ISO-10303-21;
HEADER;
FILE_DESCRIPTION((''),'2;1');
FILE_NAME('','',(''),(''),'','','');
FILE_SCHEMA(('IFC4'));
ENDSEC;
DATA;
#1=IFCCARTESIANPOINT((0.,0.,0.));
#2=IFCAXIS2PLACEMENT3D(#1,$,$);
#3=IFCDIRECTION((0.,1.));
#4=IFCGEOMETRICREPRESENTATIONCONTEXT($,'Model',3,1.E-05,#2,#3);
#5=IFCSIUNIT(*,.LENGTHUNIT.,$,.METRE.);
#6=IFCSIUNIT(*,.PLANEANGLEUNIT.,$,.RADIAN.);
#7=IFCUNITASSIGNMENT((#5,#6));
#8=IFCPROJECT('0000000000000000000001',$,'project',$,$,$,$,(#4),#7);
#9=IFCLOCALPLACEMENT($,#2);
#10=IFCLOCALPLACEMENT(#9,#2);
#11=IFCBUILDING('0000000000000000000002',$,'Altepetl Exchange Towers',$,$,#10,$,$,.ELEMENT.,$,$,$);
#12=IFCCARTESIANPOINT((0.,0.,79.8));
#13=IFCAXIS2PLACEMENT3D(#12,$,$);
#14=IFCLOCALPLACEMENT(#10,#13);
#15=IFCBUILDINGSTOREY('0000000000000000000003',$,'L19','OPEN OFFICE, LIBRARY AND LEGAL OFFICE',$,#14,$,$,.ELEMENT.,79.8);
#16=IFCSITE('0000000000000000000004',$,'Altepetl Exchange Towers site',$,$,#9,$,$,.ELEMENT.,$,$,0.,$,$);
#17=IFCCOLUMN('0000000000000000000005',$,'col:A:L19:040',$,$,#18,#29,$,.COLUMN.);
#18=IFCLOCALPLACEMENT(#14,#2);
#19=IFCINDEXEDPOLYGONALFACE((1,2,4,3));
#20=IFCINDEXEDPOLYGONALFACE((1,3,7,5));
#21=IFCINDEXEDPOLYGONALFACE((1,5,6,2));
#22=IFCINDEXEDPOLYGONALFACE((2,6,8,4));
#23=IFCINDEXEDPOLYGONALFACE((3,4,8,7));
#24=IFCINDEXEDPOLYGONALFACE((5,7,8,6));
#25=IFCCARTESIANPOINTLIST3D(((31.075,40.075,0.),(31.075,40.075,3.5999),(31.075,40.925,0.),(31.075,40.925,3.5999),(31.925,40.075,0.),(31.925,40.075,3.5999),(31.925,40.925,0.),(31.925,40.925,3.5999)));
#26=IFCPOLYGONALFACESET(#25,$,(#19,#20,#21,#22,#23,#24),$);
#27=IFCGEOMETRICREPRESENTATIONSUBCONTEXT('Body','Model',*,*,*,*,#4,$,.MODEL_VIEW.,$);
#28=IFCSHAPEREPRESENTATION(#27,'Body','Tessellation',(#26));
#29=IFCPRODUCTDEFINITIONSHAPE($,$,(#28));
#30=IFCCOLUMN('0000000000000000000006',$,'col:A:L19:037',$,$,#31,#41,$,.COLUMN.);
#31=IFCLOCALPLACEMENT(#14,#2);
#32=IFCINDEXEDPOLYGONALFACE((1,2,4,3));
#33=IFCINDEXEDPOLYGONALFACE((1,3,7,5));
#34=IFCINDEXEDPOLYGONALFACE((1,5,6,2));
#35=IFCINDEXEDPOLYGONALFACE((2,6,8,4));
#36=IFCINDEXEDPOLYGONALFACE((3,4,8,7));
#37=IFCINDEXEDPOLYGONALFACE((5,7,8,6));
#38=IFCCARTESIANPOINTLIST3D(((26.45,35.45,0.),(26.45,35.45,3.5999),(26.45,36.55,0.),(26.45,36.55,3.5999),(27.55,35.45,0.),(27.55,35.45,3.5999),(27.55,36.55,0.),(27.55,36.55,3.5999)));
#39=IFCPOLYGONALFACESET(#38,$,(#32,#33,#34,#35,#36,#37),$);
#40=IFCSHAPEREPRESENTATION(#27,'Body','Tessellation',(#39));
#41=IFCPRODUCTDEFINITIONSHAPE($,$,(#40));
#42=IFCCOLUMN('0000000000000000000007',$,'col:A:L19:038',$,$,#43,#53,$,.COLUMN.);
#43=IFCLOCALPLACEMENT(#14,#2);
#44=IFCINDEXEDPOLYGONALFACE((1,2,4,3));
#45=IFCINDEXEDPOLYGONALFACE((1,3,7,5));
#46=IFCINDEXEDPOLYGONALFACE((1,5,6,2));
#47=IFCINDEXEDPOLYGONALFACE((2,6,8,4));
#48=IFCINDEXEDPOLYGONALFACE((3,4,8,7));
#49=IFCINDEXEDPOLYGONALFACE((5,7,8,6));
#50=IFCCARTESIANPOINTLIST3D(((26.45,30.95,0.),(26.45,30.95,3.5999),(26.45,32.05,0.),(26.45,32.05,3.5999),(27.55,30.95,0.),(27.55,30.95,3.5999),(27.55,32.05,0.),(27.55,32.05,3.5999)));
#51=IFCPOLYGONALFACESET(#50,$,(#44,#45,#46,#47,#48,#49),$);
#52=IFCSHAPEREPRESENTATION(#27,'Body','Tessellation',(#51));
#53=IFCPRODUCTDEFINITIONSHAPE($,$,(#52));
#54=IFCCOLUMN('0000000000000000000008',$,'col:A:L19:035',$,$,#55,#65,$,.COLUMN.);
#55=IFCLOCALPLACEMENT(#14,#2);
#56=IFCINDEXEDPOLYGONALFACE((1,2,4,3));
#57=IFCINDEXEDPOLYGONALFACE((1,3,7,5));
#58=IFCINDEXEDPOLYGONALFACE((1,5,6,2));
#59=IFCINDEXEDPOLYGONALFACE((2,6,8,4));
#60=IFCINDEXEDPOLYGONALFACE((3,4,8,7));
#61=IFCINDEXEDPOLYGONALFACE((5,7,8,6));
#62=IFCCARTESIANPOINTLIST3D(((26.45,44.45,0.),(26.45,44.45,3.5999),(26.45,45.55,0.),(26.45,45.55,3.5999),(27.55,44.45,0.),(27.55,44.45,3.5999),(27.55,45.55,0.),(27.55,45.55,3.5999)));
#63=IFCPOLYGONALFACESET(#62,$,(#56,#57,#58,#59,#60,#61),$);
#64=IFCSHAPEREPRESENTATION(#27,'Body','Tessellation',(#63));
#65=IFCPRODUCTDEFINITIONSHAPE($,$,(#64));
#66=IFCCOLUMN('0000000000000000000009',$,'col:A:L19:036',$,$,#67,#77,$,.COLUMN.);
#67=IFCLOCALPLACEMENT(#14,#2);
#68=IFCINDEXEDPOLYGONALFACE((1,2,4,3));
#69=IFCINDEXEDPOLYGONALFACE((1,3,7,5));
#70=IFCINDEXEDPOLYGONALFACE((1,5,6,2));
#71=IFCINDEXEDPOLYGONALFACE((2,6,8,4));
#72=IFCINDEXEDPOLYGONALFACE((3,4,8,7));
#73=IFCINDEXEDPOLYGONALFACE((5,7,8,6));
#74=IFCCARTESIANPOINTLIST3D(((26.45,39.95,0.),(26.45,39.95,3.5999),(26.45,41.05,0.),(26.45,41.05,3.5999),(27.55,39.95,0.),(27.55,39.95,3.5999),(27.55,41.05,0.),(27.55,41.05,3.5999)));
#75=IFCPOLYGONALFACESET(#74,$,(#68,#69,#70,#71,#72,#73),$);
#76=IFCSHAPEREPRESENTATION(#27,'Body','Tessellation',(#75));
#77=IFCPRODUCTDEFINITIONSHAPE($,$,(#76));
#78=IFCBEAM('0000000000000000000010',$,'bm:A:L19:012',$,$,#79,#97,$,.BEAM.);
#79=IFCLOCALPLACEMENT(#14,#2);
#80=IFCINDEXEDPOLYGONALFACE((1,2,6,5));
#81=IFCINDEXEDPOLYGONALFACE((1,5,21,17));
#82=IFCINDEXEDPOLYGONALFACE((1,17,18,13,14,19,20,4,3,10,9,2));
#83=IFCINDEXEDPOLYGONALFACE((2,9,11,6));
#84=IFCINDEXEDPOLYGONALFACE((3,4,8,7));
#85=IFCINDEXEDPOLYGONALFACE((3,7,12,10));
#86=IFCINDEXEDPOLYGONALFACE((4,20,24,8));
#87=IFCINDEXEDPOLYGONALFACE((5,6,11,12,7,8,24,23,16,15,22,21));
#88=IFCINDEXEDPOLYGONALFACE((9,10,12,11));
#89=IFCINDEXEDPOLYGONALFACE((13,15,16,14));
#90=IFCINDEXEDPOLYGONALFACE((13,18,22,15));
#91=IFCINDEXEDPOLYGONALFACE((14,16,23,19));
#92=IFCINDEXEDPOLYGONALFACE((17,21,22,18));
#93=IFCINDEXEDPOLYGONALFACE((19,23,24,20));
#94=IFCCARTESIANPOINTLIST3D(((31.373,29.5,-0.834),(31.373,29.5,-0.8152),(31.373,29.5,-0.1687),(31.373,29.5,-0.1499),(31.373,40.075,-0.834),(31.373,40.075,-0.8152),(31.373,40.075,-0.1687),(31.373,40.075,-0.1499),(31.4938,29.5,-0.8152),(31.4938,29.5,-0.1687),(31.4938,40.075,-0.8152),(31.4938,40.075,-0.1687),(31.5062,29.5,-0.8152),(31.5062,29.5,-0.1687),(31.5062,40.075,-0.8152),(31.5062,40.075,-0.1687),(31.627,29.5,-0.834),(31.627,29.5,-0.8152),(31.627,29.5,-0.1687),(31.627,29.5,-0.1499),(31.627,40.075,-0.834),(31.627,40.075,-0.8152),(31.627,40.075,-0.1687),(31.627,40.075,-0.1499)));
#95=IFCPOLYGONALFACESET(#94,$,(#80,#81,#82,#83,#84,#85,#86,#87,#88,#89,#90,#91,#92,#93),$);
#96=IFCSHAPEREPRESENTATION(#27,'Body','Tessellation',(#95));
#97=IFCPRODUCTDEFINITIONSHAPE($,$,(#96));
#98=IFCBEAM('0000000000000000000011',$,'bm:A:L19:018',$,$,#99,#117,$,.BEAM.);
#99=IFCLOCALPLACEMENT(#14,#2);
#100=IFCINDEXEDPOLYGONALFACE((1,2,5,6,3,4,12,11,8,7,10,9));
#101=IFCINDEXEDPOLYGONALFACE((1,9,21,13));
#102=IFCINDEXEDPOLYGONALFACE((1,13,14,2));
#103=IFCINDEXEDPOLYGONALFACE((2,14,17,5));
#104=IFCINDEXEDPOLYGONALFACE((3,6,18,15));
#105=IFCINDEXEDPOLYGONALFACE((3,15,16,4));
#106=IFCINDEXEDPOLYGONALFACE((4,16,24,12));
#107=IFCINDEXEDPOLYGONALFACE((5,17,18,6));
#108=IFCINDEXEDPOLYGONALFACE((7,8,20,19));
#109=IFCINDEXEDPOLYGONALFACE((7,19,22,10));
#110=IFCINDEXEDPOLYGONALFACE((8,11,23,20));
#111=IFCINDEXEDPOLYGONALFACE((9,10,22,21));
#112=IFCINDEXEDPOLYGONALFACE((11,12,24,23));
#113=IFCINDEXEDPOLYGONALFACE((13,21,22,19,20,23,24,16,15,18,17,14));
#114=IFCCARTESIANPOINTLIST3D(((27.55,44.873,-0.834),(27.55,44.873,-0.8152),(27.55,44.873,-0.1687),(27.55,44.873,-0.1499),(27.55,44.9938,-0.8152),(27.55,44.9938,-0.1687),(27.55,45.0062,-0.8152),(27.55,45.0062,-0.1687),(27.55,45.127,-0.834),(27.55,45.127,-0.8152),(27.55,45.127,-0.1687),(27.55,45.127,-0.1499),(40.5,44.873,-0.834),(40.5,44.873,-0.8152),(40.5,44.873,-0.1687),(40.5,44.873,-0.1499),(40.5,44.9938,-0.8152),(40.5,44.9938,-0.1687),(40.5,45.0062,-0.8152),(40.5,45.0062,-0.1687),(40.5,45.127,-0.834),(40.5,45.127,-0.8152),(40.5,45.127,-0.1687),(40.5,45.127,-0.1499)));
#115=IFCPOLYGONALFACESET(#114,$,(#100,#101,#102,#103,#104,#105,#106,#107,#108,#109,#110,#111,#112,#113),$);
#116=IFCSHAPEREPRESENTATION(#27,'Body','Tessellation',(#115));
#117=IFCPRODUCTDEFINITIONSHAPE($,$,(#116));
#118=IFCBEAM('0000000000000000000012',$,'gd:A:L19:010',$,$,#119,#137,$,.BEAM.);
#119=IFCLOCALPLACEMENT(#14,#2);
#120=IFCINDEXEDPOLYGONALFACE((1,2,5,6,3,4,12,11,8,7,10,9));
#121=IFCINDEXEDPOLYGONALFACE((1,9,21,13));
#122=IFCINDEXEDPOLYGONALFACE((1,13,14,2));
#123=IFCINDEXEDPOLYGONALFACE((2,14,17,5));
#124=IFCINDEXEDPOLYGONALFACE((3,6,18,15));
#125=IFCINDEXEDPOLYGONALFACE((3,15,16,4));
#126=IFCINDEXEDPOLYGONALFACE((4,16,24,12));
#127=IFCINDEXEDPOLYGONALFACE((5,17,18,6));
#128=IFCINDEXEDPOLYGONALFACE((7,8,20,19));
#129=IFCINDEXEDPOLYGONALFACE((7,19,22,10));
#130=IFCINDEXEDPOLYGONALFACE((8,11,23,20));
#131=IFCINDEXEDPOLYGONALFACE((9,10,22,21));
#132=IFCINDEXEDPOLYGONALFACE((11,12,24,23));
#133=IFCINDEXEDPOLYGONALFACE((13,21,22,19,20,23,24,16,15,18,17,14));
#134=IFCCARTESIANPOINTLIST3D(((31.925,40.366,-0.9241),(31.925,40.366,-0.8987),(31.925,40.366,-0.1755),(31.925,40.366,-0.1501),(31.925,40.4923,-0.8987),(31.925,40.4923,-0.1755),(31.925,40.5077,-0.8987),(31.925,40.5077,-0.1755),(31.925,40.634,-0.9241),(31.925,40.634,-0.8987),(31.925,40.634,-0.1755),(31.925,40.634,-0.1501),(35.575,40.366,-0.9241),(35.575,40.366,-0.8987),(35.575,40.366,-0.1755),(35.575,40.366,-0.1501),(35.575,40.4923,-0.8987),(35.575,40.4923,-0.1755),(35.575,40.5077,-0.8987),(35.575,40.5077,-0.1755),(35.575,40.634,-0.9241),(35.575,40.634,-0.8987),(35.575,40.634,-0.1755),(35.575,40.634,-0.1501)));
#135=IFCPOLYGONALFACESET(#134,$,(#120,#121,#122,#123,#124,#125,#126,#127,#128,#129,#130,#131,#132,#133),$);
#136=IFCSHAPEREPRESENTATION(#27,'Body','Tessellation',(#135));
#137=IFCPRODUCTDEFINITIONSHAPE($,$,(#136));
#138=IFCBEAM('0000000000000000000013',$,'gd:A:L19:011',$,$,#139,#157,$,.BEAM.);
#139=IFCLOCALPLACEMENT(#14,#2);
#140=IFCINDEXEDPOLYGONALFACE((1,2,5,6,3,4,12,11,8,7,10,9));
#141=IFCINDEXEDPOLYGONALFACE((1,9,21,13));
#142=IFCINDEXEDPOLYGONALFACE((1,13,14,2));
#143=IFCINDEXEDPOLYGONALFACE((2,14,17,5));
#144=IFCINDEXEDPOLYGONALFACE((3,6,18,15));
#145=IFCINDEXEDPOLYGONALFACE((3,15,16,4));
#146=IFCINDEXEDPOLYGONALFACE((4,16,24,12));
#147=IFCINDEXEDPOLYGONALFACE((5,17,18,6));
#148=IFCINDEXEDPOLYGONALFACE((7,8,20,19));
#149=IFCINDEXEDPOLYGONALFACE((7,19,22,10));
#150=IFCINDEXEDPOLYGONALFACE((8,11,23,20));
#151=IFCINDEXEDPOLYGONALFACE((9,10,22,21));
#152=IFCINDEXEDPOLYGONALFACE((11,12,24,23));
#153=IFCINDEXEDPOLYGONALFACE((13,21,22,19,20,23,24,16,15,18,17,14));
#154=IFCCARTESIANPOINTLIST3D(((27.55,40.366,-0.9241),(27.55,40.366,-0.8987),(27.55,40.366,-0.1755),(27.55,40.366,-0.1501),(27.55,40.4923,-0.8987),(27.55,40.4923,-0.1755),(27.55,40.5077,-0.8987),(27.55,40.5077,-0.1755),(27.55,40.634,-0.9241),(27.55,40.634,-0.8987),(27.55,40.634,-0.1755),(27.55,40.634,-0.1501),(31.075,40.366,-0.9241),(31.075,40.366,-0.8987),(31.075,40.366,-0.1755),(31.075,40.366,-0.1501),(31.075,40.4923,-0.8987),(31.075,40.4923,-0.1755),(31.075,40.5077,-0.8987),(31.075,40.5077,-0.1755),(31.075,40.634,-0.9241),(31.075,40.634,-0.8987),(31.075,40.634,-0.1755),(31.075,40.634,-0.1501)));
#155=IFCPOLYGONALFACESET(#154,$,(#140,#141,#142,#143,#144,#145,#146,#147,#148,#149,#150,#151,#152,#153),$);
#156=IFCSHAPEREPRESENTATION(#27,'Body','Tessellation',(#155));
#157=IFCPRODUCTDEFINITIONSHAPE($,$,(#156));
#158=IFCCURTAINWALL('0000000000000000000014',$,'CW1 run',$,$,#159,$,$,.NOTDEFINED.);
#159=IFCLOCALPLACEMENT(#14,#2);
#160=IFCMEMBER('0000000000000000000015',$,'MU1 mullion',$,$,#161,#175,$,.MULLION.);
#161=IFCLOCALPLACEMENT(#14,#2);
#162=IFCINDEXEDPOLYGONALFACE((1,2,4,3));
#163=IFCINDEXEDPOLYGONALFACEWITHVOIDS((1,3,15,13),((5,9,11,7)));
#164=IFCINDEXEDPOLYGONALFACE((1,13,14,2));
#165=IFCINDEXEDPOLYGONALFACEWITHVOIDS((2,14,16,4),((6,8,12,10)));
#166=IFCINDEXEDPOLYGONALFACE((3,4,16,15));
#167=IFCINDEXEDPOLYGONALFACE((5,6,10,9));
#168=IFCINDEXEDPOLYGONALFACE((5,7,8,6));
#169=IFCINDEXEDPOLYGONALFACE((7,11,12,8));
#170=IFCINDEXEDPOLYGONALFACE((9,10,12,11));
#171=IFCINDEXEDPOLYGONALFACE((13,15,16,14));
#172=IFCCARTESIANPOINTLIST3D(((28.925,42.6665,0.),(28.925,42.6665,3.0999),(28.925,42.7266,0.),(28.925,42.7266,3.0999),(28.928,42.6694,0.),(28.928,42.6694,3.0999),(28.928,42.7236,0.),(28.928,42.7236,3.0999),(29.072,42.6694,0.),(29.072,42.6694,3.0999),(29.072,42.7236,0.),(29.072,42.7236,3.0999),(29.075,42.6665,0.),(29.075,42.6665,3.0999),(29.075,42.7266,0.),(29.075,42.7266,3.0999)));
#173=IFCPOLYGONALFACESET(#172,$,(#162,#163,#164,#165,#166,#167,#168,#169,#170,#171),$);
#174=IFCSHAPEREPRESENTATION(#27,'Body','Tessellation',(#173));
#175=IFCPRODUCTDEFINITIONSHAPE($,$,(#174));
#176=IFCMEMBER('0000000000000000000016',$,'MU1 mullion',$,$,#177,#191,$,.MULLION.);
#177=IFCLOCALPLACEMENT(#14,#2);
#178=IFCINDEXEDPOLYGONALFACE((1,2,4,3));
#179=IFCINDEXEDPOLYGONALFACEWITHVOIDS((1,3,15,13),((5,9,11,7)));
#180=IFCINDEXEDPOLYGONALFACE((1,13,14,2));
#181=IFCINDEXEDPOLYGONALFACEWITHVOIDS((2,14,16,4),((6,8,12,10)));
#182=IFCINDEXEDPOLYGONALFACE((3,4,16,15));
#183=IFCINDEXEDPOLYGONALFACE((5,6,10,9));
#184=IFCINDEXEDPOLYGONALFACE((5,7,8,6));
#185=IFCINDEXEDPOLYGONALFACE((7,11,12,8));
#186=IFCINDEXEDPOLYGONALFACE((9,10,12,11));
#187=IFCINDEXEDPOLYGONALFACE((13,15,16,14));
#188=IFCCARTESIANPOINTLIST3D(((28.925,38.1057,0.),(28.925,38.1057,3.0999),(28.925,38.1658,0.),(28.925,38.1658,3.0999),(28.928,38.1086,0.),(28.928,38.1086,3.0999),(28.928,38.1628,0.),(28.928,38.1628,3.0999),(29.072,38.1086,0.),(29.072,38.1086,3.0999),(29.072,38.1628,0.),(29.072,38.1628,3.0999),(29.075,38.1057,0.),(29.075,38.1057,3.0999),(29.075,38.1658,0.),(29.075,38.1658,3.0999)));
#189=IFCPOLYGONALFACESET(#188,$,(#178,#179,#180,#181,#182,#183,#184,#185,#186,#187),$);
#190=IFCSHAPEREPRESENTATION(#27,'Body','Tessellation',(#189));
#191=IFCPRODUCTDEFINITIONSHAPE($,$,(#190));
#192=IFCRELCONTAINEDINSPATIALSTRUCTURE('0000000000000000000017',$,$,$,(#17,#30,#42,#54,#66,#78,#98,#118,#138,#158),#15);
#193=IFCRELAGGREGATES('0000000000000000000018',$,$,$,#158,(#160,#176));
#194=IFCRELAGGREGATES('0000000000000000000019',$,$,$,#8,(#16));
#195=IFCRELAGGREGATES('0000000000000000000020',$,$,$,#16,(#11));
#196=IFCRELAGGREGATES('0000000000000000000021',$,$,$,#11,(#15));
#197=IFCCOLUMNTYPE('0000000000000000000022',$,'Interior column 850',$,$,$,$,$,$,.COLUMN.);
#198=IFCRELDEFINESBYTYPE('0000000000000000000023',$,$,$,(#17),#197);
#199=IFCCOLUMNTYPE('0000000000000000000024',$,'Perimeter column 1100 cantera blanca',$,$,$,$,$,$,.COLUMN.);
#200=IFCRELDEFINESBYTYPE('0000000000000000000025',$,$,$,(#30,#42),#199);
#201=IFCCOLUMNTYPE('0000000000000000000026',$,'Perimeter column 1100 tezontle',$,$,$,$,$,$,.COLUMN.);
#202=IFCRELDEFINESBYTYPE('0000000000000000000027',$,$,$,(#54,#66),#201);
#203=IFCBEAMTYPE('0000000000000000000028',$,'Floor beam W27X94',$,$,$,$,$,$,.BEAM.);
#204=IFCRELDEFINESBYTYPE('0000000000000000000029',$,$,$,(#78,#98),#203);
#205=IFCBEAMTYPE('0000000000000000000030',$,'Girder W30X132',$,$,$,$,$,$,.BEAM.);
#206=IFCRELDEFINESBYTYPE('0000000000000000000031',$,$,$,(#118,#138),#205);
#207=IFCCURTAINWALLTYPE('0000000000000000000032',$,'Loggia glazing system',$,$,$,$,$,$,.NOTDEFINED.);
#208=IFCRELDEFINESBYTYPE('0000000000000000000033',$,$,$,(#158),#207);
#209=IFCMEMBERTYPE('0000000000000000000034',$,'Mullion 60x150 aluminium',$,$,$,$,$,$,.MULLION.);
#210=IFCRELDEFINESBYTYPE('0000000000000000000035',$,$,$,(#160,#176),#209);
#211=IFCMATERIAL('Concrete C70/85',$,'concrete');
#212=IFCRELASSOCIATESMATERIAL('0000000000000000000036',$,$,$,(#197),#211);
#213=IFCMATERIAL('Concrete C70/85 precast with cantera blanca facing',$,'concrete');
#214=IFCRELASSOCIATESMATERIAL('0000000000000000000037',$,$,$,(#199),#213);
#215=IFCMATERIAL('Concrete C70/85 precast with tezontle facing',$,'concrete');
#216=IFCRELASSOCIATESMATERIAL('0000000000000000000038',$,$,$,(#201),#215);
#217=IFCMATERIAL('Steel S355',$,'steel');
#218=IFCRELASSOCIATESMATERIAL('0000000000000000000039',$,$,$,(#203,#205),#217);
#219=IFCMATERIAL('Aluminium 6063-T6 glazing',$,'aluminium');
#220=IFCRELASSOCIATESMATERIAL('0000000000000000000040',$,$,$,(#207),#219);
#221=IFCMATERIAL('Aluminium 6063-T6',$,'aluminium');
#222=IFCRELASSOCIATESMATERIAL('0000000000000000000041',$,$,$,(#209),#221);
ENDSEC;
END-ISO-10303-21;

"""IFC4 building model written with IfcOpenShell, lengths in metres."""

from ifc_helpers import new_model, si_unit, direction, frame, origin, origin_2d, place, context, subcontext, project, spatial, rectangle, hollow_rectangle, i_section, extrude, material, material_profile, profile_set, type_object, element, aggregate, save


model = new_model("IFC4")

# Units and contexts
model_context = context("Model", 3, precision=1e-05, world=origin(), true_north=direction((0.0, 1.0)))
body_context = subcontext(model_context, "Body", "Model", "MODEL_VIEW")
ifc_project = project(units=[si_unit("LENGTHUNIT", "METRE"), si_unit("PLANEANGLEUNIT", "RADIAN")], contexts=[model_context])

# Site, building, storey
site_placement = place(None, origin())
site = spatial("IfcSite", under=ifc_project, at=site_placement, Name="Altepetl Exchange Towers site", CompositionType="ELEMENT", RefElevation=0.0)
building_placement = place(site_placement, origin())
building = spatial("IfcBuilding", under=site, at=building_placement, Name="Altepetl Exchange Towers", CompositionType="ELEMENT")
storey_placement = place(building_placement, frame((0.0, 0.0, 79.8)))
storey = spatial("IfcBuildingStorey", under=building, at=storey_placement, Name="L19", Description="OPEN OFFICE, LIBRARY AND LEGAL OFFICE", CompositionType="ELEMENT", Elevation=79.8)

# Columns
ifc_material_1 = material(Name="Concrete C70/85", Category="concrete")
ifc_material_profile_1 = material_profile(ifc_material_1, rectangle(XDim=0.8501, YDim=0.8501, at=origin_2d()), Name="850 x 850")
ifc_profile_set_1 = profile_set([ifc_material_profile_1], Name="Concrete C70/85")
column_type_1 = type_object("IfcColumnType", Name="Interior column 850", PredefinedType="COLUMN", material=ifc_profile_set_1)
column_placement = place(storey_placement, frame((31.5, 40.5, 0.0)))
element("IfcColumn", 1, at=column_placement, inside=storey, type_object=column_type_1, Name="col:A:L19:040", PredefinedType="COLUMN", context=body_context, shape_type="SweptSolid", body=[
    extrude(rectangle(XDim=0.8501, YDim=0.8501, at=origin_2d()), origin(), (0.0, 0.0, 1.0), 3.5999),
])
ifc_material_2 = material(Name="Concrete C70/85 precast with cantera blanca facing", Category="concrete")
ifc_material_profile_2 = material_profile(ifc_material_2, rectangle(XDim=1.1001, YDim=1.1001, at=origin_2d()), Name="1100 x 1100")
ifc_profile_set_2 = profile_set([ifc_material_profile_2], Name="Concrete C70/85 precast with cantera blanca facing")
column_type_2 = type_object("IfcColumnType", Name="Perimeter column 1100 cantera blanca", PredefinedType="COLUMN", material=ifc_profile_set_2)
for number, where, name in (
    (2, (27.0, 36.0, 0.0), "col:A:L19:037"),
    (3, (27.0, 31.5, 0.0), "col:A:L19:038"),
):
    element("IfcColumn", number, at=place(storey_placement, frame(where)), inside=storey, type_object=column_type_2, Name=name, PredefinedType="COLUMN", context=body_context, shape_type="SweptSolid", body=[
        extrude(rectangle(XDim=1.1001, YDim=1.1001, at=origin_2d()), origin(), (0.0, 0.0, 1.0), 3.5999),
    ])
ifc_material_3 = material(Name="Concrete C70/85 precast with tezontle facing", Category="concrete")
ifc_material_profile_3 = material_profile(ifc_material_3, rectangle(XDim=1.1001, YDim=1.1001, at=origin_2d()), Name="1100 x 1100")
ifc_profile_set_3 = profile_set([ifc_material_profile_3], Name="Concrete C70/85 precast with tezontle facing")
column_type_3 = type_object("IfcColumnType", Name="Perimeter column 1100 tezontle", PredefinedType="COLUMN", material=ifc_profile_set_3)
for number, where, name in (
    (4, (27.0, 45.0, 0.0), "col:A:L19:035"),
    (5, (27.0, 40.5, 0.0), "col:A:L19:036"),
):
    element("IfcColumn", number, at=place(storey_placement, frame(where)), inside=storey, type_object=column_type_3, Name=name, PredefinedType="COLUMN", context=body_context, shape_type="SweptSolid", body=[
        extrude(rectangle(XDim=1.1001, YDim=1.1001, at=origin_2d()), origin(), (0.0, 0.0, 1.0), 3.5999),
    ])

# Beams
ifc_material_4 = material(Name="Steel S355", Category="steel")
ifc_material_profile_4 = material_profile(ifc_material_4, i_section(OverallWidth=0.2539, OverallDepth=0.6841, WebThickness=0.0125, FlangeThickness=0.0188, at=origin_2d()), Name="W27X94")
ifc_profile_set_4 = profile_set([ifc_material_profile_4], Name="Steel S355")
beam_type_1 = type_object("IfcBeamType", Name="Floor beam W27X94", PredefinedType="BEAM", material=ifc_profile_set_4)
beam_1_placement = place(storey_placement, frame((31.5, 29.5, -0.4919), z_axis=(0.0, 1.0, 0.0), x_axis=(-1.0, 0.0, 0.0)))
element("IfcBeam", 6, at=beam_1_placement, inside=storey, type_object=beam_type_1, Name="bm:A:L19:012", PredefinedType="BEAM", context=body_context, shape_type="SweptSolid", body=[
    extrude(i_section(OverallWidth=0.2539, OverallDepth=0.6841, WebThickness=0.0125, FlangeThickness=0.0188, at=origin_2d()), origin(), (0.0, 0.0, 1.0), 10.575),
])
beam_2_placement = place(storey_placement, frame((27.55, 45.0, -0.4919), z_axis=(1.0, 0.0, 0.0), x_axis=(0.0, 1.0, 0.0)))
element("IfcBeam", 7, at=beam_2_placement, inside=storey, type_object=beam_type_1, Name="bm:A:L19:018", PredefinedType="BEAM", context=body_context, shape_type="SweptSolid", body=[
    extrude(i_section(OverallWidth=0.2539, OverallDepth=0.6841, WebThickness=0.0125, FlangeThickness=0.0188, at=origin_2d()), origin(), (0.0, 0.0, 1.0), 12.95),
])
ifc_material_profile_5 = material_profile(ifc_material_4, i_section(OverallWidth=0.2681, OverallDepth=0.7739, WebThickness=0.0154, FlangeThickness=0.0254, at=origin_2d()), Name="W30X132")
ifc_profile_set_5 = profile_set([ifc_material_profile_5], Name="Steel S355")
beam_type_2 = type_object("IfcBeamType", Name="Girder W30X132", PredefinedType="BEAM", material=ifc_profile_set_5)
beam_3_placement = place(storey_placement, frame((35.575, 40.5, -0.5371), z_axis=(-1.0, 0.0, 0.0), x_axis=(0.0, -1.0, 0.0)))
element("IfcBeam", 8, at=beam_3_placement, inside=storey, type_object=beam_type_2, Name="gd:A:L19:010", PredefinedType="BEAM", context=body_context, shape_type="SweptSolid", body=[
    extrude(i_section(OverallWidth=0.2681, OverallDepth=0.7739, WebThickness=0.0154, FlangeThickness=0.0254, at=origin_2d()), origin(), (0.0, 0.0, 1.0), 3.6499),
])
beam_4_placement = place(storey_placement, frame((31.075, 40.5, -0.5371), z_axis=(-1.0, 0.0, 0.0), x_axis=(0.0, -1.0, 0.0)))
element("IfcBeam", 9, at=beam_4_placement, inside=storey, type_object=beam_type_2, Name="gd:A:L19:011", PredefinedType="BEAM", context=body_context, shape_type="SweptSolid", body=[
    extrude(i_section(OverallWidth=0.2681, OverallDepth=0.7739, WebThickness=0.0154, FlangeThickness=0.0254, at=origin_2d()), origin(), (0.0, 0.0, 1.0), 3.5249),
])

# Curtain wall, members
ifc_material_5 = material(Name="Aluminium 6063-T6 glazing", Category="aluminium")
curtain_wall_type = type_object("IfcCurtainWallType", Name="Loggia glazing system", PredefinedType="NOTDEFINED", material=ifc_material_5)
curtain_wall_1_placement = place(storey_placement, origin())
curtain_wall_1 = element("IfcCurtainWall", 10, at=curtain_wall_1_placement, inside=storey, type_object=curtain_wall_type, Name="CW1 run", PredefinedType="NOTDEFINED")
ifc_material_6 = material(Name="Aluminium 6063-T6", Category="aluminium")
ifc_material_profile_6 = material_profile(ifc_material_6, hollow_rectangle(XDim=0.0601, YDim=0.1499, WallThickness=0.0029, at=origin_2d()), Name="Mullion 60x150 aluminium")
ifc_profile_set_6 = profile_set([ifc_material_profile_6], Name="Aluminium 6063-T6")
member_type = type_object("IfcMemberType", Name="Mullion 60x150 aluminium", PredefinedType="MULLION", material=ifc_profile_set_6)
member_1_placement = place(storey_placement, frame((29.0, 42.6965, 0.0), z_axis=(0.0, 0.0, 1.0), x_axis=(0.0, -1.0, 0.0)))
member_1 = element("IfcMember", 11, at=member_1_placement, type_object=member_type, Name="MU1 mullion", PredefinedType="MULLION", context=body_context, shape_type="SweptSolid", body=[
    extrude(hollow_rectangle(XDim=0.0601, YDim=0.1499, WallThickness=0.0029, at=origin_2d()), origin(), (0.0, 0.0, 1.0), 3.0999),
])
member_2_placement = place(storey_placement, frame((29.0, 38.1357, 0.0), z_axis=(0.0, 0.0, 1.0), x_axis=(0.0, -1.0, 0.0)))
member_2 = element("IfcMember", 12, at=member_2_placement, type_object=member_type, Name="MU1 mullion", PredefinedType="MULLION", context=body_context, shape_type="SweptSolid", body=[
    extrude(hollow_rectangle(XDim=0.0601, YDim=0.1499, WallThickness=0.0029, at=origin_2d()), origin(), (0.0, 0.0, 1.0), 3.0999),
])

aggregate(curtain_wall_1, [member_1, member_2])

save(model, "model.ifc")
